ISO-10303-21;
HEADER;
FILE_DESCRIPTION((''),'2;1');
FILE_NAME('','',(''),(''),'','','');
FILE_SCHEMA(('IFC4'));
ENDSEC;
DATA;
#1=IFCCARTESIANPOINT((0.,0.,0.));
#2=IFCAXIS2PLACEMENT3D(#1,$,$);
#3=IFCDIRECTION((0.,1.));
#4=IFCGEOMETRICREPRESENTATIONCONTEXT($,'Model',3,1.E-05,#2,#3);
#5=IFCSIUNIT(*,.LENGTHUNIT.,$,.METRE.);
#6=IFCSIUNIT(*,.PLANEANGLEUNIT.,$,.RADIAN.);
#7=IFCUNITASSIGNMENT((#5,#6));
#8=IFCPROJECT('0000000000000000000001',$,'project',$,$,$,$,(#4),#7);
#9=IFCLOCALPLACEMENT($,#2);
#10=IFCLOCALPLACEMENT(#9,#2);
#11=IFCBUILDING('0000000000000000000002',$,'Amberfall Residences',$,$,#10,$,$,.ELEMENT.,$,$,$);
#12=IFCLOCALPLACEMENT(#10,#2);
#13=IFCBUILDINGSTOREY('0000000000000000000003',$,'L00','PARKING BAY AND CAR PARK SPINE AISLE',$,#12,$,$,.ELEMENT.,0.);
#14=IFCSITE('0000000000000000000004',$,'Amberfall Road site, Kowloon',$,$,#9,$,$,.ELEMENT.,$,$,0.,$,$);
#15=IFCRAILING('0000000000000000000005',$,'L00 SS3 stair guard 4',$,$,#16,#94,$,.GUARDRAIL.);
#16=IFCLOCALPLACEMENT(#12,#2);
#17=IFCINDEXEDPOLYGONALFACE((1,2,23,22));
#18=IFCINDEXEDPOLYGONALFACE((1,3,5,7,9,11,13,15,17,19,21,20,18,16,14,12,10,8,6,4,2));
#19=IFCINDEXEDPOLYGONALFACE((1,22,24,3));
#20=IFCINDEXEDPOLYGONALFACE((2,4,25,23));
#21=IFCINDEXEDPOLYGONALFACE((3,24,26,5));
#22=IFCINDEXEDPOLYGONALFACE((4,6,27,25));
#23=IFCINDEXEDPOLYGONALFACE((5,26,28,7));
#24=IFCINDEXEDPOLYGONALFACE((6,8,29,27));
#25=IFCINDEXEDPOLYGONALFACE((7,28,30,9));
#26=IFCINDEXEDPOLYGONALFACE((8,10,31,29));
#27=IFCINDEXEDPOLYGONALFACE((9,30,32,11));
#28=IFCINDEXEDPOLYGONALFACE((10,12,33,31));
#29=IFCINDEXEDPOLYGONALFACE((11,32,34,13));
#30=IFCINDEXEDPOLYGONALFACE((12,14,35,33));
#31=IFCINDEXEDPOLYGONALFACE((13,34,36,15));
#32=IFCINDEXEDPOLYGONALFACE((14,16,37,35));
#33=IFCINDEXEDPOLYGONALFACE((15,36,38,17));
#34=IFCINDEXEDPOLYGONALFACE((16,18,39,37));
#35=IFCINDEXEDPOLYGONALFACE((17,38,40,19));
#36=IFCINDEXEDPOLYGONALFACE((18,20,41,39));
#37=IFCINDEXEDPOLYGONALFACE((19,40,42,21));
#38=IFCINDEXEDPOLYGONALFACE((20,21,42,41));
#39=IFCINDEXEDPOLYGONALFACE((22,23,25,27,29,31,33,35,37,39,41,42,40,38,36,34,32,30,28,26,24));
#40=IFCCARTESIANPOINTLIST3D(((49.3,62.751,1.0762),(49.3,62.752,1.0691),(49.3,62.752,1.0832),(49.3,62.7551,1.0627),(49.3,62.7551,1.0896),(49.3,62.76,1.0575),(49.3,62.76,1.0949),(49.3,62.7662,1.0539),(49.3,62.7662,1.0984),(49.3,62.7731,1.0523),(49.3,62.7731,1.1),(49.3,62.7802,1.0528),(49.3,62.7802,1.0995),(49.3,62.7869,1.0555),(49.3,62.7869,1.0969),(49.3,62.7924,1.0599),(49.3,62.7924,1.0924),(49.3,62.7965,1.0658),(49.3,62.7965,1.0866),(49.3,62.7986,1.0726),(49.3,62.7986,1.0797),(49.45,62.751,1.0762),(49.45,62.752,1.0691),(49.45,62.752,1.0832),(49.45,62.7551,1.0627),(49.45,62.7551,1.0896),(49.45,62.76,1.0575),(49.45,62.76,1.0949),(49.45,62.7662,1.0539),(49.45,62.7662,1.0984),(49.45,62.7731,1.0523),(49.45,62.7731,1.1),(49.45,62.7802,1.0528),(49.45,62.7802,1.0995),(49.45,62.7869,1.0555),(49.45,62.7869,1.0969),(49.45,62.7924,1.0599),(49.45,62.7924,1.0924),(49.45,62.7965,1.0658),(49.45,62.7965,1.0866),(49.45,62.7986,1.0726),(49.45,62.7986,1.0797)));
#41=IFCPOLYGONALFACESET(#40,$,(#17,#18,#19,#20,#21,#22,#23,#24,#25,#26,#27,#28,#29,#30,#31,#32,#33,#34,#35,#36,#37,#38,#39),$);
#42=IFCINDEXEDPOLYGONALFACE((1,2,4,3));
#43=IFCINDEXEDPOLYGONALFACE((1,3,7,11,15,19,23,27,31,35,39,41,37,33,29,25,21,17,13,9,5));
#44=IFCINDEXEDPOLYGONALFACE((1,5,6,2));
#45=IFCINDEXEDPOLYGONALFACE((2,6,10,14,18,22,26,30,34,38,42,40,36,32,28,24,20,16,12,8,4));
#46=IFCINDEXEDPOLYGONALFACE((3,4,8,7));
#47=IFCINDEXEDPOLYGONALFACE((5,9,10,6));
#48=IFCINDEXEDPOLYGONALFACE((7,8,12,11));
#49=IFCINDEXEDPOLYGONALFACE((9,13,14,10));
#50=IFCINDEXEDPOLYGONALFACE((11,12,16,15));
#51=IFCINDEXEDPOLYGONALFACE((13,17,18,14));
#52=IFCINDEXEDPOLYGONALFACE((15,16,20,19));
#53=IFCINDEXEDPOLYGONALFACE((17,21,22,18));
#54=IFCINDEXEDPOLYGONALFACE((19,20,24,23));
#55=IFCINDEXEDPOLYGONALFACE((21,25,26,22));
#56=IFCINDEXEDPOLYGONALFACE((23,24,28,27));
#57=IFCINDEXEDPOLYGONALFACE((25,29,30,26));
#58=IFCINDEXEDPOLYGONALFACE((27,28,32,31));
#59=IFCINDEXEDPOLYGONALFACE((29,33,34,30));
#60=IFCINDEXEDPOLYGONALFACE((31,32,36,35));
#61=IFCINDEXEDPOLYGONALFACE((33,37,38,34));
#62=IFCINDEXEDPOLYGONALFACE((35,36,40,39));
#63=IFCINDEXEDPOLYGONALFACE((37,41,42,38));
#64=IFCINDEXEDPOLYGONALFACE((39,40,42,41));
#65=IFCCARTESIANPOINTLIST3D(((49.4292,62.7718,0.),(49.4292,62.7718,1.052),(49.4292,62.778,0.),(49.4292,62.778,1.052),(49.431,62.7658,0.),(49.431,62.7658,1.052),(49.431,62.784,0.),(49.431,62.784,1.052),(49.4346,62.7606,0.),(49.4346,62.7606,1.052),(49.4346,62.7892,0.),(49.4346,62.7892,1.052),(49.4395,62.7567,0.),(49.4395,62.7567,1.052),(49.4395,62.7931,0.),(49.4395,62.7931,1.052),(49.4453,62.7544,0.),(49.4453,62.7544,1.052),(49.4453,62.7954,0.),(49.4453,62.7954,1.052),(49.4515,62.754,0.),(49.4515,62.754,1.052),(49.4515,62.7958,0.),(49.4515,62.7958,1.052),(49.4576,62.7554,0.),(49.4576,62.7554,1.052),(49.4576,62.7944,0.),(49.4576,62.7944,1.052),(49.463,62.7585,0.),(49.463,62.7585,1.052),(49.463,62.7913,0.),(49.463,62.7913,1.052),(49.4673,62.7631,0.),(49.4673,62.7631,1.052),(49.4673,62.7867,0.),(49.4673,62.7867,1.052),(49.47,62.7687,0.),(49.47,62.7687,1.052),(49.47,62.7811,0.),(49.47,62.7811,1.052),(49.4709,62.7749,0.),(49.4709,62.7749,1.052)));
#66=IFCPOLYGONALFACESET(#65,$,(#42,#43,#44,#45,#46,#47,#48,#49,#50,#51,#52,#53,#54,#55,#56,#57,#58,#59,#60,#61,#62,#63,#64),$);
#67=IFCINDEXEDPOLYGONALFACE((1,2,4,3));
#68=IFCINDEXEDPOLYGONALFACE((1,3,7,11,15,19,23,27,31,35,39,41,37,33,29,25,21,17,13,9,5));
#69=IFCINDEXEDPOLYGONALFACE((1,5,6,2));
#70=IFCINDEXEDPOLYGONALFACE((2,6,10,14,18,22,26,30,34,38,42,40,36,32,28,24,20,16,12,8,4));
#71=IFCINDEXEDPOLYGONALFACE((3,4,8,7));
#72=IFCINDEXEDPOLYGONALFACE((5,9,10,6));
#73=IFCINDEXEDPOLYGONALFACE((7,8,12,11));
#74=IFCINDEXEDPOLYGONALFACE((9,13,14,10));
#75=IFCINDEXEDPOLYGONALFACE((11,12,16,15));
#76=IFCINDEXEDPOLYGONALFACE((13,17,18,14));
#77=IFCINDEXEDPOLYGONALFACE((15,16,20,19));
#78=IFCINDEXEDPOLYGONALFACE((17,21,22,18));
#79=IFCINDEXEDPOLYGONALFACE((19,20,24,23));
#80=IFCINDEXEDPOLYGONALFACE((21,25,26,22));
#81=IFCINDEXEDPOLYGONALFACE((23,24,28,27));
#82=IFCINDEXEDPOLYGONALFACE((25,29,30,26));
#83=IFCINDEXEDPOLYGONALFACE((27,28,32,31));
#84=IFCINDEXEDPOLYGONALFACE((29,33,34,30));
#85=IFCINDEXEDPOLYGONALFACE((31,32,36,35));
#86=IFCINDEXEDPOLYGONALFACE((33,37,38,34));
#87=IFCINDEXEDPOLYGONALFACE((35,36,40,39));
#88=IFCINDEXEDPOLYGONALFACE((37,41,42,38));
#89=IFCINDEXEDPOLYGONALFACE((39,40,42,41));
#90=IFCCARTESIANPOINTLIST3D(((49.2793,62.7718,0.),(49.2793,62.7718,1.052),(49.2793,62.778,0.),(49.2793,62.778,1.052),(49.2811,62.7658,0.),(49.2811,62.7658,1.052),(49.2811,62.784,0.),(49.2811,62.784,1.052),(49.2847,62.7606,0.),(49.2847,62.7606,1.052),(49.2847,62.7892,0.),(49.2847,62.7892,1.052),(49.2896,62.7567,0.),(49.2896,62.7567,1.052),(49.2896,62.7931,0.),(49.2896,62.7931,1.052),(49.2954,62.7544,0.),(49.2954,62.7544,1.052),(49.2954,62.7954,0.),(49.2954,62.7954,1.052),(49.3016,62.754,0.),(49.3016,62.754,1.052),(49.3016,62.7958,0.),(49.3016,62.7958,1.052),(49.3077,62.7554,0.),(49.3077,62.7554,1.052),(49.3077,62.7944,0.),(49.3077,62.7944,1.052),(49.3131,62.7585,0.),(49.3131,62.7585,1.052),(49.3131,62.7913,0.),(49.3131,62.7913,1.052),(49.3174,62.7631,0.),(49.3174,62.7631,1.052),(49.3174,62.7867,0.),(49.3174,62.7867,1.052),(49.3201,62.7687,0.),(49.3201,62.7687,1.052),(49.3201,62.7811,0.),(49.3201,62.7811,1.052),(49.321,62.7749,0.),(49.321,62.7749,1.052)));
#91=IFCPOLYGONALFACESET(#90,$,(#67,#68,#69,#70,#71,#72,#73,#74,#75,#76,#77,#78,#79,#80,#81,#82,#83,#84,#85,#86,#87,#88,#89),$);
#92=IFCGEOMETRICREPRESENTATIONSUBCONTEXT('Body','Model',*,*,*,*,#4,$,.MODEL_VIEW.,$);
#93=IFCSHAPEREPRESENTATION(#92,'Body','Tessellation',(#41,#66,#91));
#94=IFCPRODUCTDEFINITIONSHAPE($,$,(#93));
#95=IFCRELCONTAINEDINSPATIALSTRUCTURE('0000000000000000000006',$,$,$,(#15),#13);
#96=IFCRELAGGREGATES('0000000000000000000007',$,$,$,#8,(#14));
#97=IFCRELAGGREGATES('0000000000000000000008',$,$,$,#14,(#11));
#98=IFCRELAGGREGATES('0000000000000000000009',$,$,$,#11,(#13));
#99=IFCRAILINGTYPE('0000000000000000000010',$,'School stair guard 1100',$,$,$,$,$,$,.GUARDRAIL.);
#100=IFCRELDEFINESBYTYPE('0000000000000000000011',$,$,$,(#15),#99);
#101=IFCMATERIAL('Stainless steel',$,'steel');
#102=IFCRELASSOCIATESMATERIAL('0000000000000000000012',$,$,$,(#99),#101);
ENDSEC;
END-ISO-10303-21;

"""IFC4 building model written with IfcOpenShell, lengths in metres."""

from ifc_helpers import new_model, si_unit, direction, frame, origin, origin_2d, place, context, subcontext, project, spatial, circle, extrude, material, type_object, element, save


model = new_model("IFC4")

# Units and contexts
model_context = context("Model", 3, precision=1e-05, world=origin(), true_north=direction((0.0, 1.0)))
body_context = subcontext(model_context, "Body", "Model", "MODEL_VIEW")
ifc_project = project(units=[si_unit("LENGTHUNIT", "METRE"), si_unit("PLANEANGLEUNIT", "RADIAN")], contexts=[model_context])

# Site, building, storey
site_placement = place(None, origin())
site = spatial("IfcSite", under=ifc_project, at=site_placement, Name="Amberfall Road site, Kowloon", CompositionType="ELEMENT", RefElevation=0.0)
building_placement = place(site_placement, origin())
building = spatial("IfcBuilding", under=site, at=building_placement, Name="Amberfall Residences", CompositionType="ELEMENT")
storey_placement = place(building_placement, origin())
storey = spatial("IfcBuildingStorey", under=building, at=storey_placement, Name="L00", Description="PARKING BAY AND CAR PARK SPINE AISLE", CompositionType="ELEMENT", Elevation=0.0)

# Railing
ifc_material_1 = material(Name="Stainless steel", Category="steel")
railing_type_1 = type_object("IfcRailingType", Name="School stair guard 1100", PredefinedType="GUARDRAIL", material=ifc_material_1)
railing_1_placement = place(storey_placement, frame((49.45, 62.7749, 0.0)))
element("IfcRailing", 1, at=railing_1_placement, inside=storey, type_object=railing_type_1, Name="L00 SS3 stair guard 4", PredefinedType="GUARDRAIL", context=body_context, shape_type="SweptSolid", body=[
    extrude(circle(Radius=0.0239, at=origin_2d()), frame((0.0, 0.0, 1.0762), z_axis=(-1.0, 0.0, 0.0), x_axis=(0.0, -1.0, 0.0)), (0.0, 0.0, 1.0), 0.1499),
    extrude(circle(Radius=0.021, at=origin_2d()), origin(), (0.0, 0.0, 1.0), 1.052),
    extrude(circle(Radius=0.021, at=origin_2d()), frame((-0.1499, 0.0, 0.0)), (0.0, 0.0, 1.0), 1.052),
])

save(model, "model.ifc")
